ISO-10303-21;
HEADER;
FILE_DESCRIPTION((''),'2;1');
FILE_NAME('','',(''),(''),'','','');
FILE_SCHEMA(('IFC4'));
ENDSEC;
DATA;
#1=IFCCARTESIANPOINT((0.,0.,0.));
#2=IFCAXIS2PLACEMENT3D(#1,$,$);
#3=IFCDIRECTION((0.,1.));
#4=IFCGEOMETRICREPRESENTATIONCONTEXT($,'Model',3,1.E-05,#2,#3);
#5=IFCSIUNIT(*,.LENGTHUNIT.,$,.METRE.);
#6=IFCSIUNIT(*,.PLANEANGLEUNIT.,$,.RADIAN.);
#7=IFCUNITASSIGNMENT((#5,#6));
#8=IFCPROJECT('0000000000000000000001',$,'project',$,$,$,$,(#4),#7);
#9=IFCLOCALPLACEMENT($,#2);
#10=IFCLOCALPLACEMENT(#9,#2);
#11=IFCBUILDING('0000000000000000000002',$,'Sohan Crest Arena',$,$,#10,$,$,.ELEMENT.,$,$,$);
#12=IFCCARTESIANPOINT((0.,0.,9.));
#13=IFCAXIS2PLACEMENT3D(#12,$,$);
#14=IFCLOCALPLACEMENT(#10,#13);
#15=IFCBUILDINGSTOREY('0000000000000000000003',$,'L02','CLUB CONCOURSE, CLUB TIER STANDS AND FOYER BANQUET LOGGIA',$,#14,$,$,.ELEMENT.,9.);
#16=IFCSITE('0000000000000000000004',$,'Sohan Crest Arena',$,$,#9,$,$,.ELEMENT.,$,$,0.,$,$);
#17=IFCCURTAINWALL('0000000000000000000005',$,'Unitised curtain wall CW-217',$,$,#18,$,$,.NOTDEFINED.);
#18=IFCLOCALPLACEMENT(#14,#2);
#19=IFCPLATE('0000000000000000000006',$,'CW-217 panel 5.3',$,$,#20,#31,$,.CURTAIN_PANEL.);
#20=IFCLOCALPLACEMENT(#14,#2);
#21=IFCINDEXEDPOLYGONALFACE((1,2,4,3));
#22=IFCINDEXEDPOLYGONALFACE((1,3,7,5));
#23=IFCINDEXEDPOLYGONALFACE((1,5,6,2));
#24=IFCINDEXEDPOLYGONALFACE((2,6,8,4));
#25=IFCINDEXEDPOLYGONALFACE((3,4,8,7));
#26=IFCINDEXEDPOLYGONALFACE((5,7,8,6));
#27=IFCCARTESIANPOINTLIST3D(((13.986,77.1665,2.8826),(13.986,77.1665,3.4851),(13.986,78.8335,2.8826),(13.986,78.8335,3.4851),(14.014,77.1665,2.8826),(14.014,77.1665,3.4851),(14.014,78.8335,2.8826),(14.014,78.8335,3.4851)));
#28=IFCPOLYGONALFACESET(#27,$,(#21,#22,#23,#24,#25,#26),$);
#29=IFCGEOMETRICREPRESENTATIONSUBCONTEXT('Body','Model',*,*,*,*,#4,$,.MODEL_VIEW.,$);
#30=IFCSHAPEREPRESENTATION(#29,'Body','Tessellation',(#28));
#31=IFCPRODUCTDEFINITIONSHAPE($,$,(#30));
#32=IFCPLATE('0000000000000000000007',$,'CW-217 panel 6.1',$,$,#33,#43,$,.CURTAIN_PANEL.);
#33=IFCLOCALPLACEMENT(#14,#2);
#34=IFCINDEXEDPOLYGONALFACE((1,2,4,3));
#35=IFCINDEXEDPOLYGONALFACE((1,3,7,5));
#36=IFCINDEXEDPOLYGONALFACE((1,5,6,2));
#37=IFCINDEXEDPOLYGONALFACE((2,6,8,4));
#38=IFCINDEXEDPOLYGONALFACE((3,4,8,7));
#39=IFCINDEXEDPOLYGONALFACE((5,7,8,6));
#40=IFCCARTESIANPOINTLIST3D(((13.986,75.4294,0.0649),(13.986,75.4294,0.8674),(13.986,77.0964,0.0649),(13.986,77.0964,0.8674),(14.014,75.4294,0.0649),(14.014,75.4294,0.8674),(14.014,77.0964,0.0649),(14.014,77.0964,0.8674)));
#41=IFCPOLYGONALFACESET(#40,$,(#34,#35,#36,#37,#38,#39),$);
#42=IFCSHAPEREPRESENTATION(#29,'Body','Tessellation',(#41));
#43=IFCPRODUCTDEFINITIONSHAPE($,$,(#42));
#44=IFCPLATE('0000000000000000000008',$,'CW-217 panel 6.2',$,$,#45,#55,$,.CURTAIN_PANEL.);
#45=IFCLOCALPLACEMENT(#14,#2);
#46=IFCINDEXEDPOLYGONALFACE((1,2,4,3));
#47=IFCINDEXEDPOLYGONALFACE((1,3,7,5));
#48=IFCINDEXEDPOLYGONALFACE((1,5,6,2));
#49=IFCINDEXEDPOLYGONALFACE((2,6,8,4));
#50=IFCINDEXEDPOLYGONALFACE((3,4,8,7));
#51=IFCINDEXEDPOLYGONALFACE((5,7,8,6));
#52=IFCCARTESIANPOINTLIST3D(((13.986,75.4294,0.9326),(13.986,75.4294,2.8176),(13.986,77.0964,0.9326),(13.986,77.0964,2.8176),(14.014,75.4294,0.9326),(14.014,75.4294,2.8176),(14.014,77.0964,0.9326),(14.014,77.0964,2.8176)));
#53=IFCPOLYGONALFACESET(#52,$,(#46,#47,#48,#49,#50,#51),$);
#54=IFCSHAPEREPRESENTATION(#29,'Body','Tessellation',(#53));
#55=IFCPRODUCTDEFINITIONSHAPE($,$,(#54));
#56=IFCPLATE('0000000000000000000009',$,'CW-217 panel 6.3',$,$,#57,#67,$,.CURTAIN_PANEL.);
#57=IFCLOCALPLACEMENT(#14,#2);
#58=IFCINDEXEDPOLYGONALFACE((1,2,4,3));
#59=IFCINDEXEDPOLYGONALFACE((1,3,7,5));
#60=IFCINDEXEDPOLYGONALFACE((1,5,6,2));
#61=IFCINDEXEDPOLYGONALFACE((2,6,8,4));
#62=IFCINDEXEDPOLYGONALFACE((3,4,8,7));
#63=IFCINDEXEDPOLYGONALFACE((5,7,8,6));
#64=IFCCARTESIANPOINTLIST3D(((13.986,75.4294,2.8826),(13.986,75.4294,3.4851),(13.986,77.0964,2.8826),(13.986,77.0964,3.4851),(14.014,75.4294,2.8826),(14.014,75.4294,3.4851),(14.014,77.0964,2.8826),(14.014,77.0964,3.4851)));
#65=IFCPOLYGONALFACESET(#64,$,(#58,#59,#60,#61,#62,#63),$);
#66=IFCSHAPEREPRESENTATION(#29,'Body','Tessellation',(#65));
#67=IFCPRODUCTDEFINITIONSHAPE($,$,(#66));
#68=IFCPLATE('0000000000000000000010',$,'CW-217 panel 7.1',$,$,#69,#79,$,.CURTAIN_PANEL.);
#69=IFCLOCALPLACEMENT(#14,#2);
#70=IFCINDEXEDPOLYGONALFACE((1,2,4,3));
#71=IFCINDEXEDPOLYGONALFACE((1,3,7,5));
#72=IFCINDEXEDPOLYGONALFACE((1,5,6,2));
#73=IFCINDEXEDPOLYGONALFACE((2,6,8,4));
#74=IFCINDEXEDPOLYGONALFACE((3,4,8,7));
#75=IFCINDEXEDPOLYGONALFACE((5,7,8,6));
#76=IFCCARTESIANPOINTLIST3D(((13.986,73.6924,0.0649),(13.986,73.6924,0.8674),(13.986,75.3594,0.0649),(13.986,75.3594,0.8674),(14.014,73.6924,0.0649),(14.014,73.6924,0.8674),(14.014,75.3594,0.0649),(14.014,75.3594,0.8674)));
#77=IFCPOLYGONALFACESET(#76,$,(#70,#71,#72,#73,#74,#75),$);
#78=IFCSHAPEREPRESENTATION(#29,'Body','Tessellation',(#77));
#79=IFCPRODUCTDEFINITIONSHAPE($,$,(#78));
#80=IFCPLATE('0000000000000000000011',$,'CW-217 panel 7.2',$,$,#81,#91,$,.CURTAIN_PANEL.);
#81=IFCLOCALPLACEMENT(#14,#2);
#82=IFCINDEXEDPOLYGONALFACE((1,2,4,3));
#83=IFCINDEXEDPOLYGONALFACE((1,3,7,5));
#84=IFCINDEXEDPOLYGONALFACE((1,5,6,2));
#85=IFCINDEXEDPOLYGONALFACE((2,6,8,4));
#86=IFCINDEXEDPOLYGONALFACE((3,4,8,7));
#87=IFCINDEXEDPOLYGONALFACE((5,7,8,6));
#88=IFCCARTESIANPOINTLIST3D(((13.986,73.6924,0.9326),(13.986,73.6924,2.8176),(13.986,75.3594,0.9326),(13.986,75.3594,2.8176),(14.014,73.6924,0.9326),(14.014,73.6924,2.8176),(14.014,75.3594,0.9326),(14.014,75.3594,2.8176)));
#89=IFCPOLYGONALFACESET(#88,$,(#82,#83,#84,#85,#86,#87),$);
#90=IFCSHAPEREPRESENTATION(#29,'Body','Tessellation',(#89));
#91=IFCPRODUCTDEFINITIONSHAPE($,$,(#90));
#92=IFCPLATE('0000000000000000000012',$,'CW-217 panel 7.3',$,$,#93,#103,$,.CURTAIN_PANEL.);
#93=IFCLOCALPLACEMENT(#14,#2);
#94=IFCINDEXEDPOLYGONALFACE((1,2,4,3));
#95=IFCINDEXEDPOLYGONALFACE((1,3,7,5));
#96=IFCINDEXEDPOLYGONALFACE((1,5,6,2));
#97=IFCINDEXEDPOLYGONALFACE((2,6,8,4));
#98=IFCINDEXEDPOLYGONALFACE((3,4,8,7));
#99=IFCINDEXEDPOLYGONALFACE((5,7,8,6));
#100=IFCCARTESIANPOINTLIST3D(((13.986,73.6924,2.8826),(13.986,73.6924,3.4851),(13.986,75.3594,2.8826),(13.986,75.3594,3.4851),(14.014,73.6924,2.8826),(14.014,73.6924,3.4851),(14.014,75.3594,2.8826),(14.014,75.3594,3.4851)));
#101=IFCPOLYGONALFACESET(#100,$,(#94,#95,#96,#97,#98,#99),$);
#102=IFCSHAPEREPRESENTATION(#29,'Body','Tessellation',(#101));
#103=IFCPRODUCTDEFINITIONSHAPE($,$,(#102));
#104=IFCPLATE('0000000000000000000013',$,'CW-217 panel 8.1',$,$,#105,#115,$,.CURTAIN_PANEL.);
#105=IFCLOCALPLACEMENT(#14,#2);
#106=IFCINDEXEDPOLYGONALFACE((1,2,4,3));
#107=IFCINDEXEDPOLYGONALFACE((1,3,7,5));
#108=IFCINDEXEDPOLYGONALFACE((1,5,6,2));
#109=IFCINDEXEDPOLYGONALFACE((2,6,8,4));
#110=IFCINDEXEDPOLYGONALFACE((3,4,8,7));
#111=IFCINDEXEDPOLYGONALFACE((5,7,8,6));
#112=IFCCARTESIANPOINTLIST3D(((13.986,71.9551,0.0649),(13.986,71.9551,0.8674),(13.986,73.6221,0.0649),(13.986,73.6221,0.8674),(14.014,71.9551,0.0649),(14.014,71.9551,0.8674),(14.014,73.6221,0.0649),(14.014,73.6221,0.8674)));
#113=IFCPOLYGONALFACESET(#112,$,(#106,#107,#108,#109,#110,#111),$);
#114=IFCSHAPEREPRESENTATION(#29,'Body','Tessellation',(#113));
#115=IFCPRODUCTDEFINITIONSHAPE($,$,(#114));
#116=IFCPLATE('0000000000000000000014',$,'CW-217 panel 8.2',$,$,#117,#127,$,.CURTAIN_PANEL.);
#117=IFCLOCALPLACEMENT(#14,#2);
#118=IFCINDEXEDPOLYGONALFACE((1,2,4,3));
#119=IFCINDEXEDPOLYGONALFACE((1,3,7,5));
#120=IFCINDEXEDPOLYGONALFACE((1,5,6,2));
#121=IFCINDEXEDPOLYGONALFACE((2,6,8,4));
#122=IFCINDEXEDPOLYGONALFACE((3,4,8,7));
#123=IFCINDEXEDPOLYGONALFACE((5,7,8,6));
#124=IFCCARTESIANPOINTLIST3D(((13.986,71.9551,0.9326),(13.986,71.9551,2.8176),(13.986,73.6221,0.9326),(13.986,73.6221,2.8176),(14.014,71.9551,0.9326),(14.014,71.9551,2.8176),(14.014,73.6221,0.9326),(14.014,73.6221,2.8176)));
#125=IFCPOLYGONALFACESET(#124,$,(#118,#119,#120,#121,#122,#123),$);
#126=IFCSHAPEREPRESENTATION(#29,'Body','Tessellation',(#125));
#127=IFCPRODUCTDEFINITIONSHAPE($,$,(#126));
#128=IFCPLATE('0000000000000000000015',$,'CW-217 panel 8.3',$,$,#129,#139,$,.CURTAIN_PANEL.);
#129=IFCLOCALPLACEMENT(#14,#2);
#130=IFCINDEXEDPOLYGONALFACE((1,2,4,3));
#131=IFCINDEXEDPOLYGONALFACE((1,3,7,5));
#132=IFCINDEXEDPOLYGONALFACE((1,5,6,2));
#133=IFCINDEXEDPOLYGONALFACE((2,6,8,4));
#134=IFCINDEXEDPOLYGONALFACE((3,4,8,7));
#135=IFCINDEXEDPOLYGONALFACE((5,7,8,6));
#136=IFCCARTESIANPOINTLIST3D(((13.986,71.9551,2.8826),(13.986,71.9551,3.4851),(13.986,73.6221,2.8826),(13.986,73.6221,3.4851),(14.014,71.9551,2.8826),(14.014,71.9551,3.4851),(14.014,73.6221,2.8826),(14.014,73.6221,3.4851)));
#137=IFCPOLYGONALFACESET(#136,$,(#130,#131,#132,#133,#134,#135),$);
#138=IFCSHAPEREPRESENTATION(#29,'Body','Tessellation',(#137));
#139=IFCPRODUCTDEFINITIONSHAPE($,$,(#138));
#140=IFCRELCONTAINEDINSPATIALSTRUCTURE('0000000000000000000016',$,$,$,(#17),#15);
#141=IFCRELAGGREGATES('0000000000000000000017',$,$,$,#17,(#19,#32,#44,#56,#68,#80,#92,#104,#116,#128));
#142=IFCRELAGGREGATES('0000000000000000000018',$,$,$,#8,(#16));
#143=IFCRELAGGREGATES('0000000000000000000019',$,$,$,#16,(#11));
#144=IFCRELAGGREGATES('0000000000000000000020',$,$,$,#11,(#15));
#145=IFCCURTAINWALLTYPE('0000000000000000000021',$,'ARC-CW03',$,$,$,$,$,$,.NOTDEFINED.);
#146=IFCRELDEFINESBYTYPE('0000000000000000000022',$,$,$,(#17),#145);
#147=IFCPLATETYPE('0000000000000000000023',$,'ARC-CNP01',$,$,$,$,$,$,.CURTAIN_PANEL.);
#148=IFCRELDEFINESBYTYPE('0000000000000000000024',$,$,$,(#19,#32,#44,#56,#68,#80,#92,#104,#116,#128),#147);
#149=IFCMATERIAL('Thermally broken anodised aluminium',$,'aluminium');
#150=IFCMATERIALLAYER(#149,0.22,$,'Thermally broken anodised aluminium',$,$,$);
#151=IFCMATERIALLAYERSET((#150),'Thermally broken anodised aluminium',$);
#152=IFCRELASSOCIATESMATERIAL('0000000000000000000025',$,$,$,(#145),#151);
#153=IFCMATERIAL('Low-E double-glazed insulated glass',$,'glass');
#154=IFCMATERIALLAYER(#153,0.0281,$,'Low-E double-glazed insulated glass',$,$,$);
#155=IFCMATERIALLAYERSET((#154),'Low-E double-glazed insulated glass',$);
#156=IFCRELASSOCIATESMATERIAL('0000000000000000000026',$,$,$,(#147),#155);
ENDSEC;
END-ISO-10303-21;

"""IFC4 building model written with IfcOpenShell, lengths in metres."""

from ifc_helpers import new_model, si_unit, direction, frame, origin, origin_2d, place, context, subcontext, project, spatial, rectangle, extrude, material, layer, layer_set, type_object, element, aggregate, save


model = new_model("IFC4")

# Units and contexts
model_context = context("Model", 3, precision=1e-05, world=origin(), true_north=direction((0.0, 1.0)))
body_context = subcontext(model_context, "Body", "Model", "MODEL_VIEW")
ifc_project = project(units=[si_unit("LENGTHUNIT", "METRE"), si_unit("PLANEANGLEUNIT", "RADIAN")], contexts=[model_context])

# Site, building, storey
site_placement = place(None, origin())
site = spatial("IfcSite", under=ifc_project, at=site_placement, Name="Sohan Crest Arena", CompositionType="ELEMENT", RefElevation=0.0)
building_placement = place(site_placement, origin())
building = spatial("IfcBuilding", under=site, at=building_placement, Name="Sohan Crest Arena", CompositionType="ELEMENT")
storey_placement = place(building_placement, frame((0.0, 0.0, 9.0)))
storey = spatial("IfcBuildingStorey", under=building, at=storey_placement, Name="L02", Description="CLUB CONCOURSE, CLUB TIER STANDS AND FOYER BANQUET LOGGIA", CompositionType="ELEMENT", Elevation=9.0)

# Curtain wall
ifc_material_1 = material(Name="Thermally broken anodised aluminium", Category="aluminium")
ifc_layer_1 = layer(ifc_material_1, 0.22, Name="Thermally broken anodised aluminium")
ifc_layer_set_1 = layer_set([ifc_layer_1], Name="Thermally broken anodised aluminium")
curtain_wall_type = type_object("IfcCurtainWallType", Name="ARC-CW03", PredefinedType="NOTDEFINED", material=ifc_layer_set_1)
curtain_wall_placement = place(storey_placement, origin())
curtain_wall = element("IfcCurtainWall", 1, at=curtain_wall_placement, inside=storey, type_object=curtain_wall_type, Name="Unitised curtain wall CW-217", PredefinedType="NOTDEFINED")

# Plates
ifc_material_2 = material(Name="Low-E double-glazed insulated glass", Category="glass")
ifc_layer_2 = layer(ifc_material_2, 0.0281, Name="Low-E double-glazed insulated glass")
ifc_layer_set_2 = layer_set([ifc_layer_2], Name="Low-E double-glazed insulated glass")
plate_type = type_object("IfcPlateType", Name="ARC-CNP01", PredefinedType="CURTAIN_PANEL", material=ifc_layer_set_2)
plate_1_placement = place(storey_placement, frame((14.0, 78.0, 2.8826), z_axis=(0.0, 0.0, 1.0), x_axis=(0.0, -1.0, 0.0)))
plate_1 = element("IfcPlate", 2, at=plate_1_placement, type_object=plate_type, Name="CW-217 panel 5.3", PredefinedType="CURTAIN_PANEL", context=body_context, shape_type="SweptSolid", body=[
    extrude(rectangle(XDim=1.667, YDim=0.0281, at=origin_2d()), origin(), (0.0, 0.0, 1.0), 0.6025),
])
plate_2_placement = place(storey_placement, frame((14.0, 76.2629, 0.0649), z_axis=(0.0, 0.0, 1.0), x_axis=(0.0, -1.0, 0.0)))
plate_2 = element("IfcPlate", 3, at=plate_2_placement, type_object=plate_type, Name="CW-217 panel 6.1", PredefinedType="CURTAIN_PANEL", context=body_context, shape_type="SweptSolid", body=[
    extrude(rectangle(XDim=1.667, YDim=0.0281, at=origin_2d()), origin(), (0.0, 0.0, 1.0), 0.8025),
])
plate_3_placement = place(storey_placement, frame((14.0, 76.2629, 0.9326), z_axis=(0.0, 0.0, 1.0), x_axis=(0.0, -1.0, 0.0)))
plate_3 = element("IfcPlate", 4, at=plate_3_placement, type_object=plate_type, Name="CW-217 panel 6.2", PredefinedType="CURTAIN_PANEL", context=body_context, shape_type="SweptSolid", body=[
    extrude(rectangle(XDim=1.667, YDim=0.0281, at=origin_2d()), origin(), (0.0, 0.0, 1.0), 1.885),
])
plate_4_placement = place(storey_placement, frame((14.0, 76.2629, 2.8826), z_axis=(0.0, 0.0, 1.0), x_axis=(0.0, -1.0, 0.0)))
plate_4 = element("IfcPlate", 5, at=plate_4_placement, type_object=plate_type, Name="CW-217 panel 6.3", PredefinedType="CURTAIN_PANEL", context=body_context, shape_type="SweptSolid", body=[
    extrude(rectangle(XDim=1.667, YDim=0.0281, at=origin_2d()), origin(), (0.0, 0.0, 1.0), 0.6025),
])
plate_5_placement = place(storey_placement, frame((14.0, 74.5259, 0.0649), z_axis=(0.0, 0.0, 1.0), x_axis=(0.0, -1.0, 0.0)))
plate_5 = element("IfcPlate", 6, at=plate_5_placement, type_object=plate_type, Name="CW-217 panel 7.1", PredefinedType="CURTAIN_PANEL", context=body_context, shape_type="SweptSolid", body=[
    extrude(rectangle(XDim=1.667, YDim=0.0281, at=origin_2d()), origin(), (0.0, 0.0, 1.0), 0.8025),
])
plate_6_placement = place(storey_placement, frame((14.0, 74.5259, 0.9326), z_axis=(0.0, 0.0, 1.0), x_axis=(0.0, -1.0, 0.0)))
plate_6 = element("IfcPlate", 7, at=plate_6_placement, type_object=plate_type, Name="CW-217 panel 7.2", PredefinedType="CURTAIN_PANEL", context=body_context, shape_type="SweptSolid", body=[
    extrude(rectangle(XDim=1.667, YDim=0.0281, at=origin_2d()), origin(), (0.0, 0.0, 1.0), 1.885),
])
plate_7_placement = place(storey_placement, frame((14.0, 74.5259, 2.8826), z_axis=(0.0, 0.0, 1.0), x_axis=(0.0, -1.0, 0.0)))
plate_7 = element("IfcPlate", 8, at=plate_7_placement, type_object=plate_type, Name="CW-217 panel 7.3", PredefinedType="CURTAIN_PANEL", context=body_context, shape_type="SweptSolid", body=[
    extrude(rectangle(XDim=1.667, YDim=0.0281, at=origin_2d()), origin(), (0.0, 0.0, 1.0), 0.6025),
])
plate_8_placement = place(storey_placement, frame((14.0, 72.7886, 0.0649), z_axis=(0.0, 0.0, 1.0), x_axis=(0.0, -1.0, 0.0)))
plate_8 = element("IfcPlate", 9, at=plate_8_placement, type_object=plate_type, Name="CW-217 panel 8.1", PredefinedType="CURTAIN_PANEL", context=body_context, shape_type="SweptSolid", body=[
    extrude(rectangle(XDim=1.667, YDim=0.0281, at=origin_2d()), origin(), (0.0, 0.0, 1.0), 0.8025),
])
plate_9_placement = place(storey_placement, frame((14.0, 72.7886, 0.9326), z_axis=(0.0, 0.0, 1.0), x_axis=(0.0, -1.0, 0.0)))
plate_9 = element("IfcPlate", 10, at=plate_9_placement, type_object=plate_type, Name="CW-217 panel 8.2", PredefinedType="CURTAIN_PANEL", context=body_context, shape_type="SweptSolid", body=[
    extrude(rectangle(XDim=1.667, YDim=0.0281, at=origin_2d()), origin(), (0.0, 0.0, 1.0), 1.885),
])
plate_10_placement = place(storey_placement, frame((14.0, 72.7886, 2.8826), z_axis=(0.0, 0.0, 1.0), x_axis=(0.0, -1.0, 0.0)))
plate_10 = element("IfcPlate", 11, at=plate_10_placement, type_object=plate_type, Name="CW-217 panel 8.3", PredefinedType="CURTAIN_PANEL", context=body_context, shape_type="SweptSolid", body=[
    extrude(rectangle(XDim=1.667, YDim=0.0281, at=origin_2d()), origin(), (0.0, 0.0, 1.0), 0.6025),
])
aggregate(curtain_wall, [plate_1, plate_2, plate_3, plate_4, plate_5, plate_6, plate_7, plate_8, plate_9, plate_10])

save(model, "model.ifc")
